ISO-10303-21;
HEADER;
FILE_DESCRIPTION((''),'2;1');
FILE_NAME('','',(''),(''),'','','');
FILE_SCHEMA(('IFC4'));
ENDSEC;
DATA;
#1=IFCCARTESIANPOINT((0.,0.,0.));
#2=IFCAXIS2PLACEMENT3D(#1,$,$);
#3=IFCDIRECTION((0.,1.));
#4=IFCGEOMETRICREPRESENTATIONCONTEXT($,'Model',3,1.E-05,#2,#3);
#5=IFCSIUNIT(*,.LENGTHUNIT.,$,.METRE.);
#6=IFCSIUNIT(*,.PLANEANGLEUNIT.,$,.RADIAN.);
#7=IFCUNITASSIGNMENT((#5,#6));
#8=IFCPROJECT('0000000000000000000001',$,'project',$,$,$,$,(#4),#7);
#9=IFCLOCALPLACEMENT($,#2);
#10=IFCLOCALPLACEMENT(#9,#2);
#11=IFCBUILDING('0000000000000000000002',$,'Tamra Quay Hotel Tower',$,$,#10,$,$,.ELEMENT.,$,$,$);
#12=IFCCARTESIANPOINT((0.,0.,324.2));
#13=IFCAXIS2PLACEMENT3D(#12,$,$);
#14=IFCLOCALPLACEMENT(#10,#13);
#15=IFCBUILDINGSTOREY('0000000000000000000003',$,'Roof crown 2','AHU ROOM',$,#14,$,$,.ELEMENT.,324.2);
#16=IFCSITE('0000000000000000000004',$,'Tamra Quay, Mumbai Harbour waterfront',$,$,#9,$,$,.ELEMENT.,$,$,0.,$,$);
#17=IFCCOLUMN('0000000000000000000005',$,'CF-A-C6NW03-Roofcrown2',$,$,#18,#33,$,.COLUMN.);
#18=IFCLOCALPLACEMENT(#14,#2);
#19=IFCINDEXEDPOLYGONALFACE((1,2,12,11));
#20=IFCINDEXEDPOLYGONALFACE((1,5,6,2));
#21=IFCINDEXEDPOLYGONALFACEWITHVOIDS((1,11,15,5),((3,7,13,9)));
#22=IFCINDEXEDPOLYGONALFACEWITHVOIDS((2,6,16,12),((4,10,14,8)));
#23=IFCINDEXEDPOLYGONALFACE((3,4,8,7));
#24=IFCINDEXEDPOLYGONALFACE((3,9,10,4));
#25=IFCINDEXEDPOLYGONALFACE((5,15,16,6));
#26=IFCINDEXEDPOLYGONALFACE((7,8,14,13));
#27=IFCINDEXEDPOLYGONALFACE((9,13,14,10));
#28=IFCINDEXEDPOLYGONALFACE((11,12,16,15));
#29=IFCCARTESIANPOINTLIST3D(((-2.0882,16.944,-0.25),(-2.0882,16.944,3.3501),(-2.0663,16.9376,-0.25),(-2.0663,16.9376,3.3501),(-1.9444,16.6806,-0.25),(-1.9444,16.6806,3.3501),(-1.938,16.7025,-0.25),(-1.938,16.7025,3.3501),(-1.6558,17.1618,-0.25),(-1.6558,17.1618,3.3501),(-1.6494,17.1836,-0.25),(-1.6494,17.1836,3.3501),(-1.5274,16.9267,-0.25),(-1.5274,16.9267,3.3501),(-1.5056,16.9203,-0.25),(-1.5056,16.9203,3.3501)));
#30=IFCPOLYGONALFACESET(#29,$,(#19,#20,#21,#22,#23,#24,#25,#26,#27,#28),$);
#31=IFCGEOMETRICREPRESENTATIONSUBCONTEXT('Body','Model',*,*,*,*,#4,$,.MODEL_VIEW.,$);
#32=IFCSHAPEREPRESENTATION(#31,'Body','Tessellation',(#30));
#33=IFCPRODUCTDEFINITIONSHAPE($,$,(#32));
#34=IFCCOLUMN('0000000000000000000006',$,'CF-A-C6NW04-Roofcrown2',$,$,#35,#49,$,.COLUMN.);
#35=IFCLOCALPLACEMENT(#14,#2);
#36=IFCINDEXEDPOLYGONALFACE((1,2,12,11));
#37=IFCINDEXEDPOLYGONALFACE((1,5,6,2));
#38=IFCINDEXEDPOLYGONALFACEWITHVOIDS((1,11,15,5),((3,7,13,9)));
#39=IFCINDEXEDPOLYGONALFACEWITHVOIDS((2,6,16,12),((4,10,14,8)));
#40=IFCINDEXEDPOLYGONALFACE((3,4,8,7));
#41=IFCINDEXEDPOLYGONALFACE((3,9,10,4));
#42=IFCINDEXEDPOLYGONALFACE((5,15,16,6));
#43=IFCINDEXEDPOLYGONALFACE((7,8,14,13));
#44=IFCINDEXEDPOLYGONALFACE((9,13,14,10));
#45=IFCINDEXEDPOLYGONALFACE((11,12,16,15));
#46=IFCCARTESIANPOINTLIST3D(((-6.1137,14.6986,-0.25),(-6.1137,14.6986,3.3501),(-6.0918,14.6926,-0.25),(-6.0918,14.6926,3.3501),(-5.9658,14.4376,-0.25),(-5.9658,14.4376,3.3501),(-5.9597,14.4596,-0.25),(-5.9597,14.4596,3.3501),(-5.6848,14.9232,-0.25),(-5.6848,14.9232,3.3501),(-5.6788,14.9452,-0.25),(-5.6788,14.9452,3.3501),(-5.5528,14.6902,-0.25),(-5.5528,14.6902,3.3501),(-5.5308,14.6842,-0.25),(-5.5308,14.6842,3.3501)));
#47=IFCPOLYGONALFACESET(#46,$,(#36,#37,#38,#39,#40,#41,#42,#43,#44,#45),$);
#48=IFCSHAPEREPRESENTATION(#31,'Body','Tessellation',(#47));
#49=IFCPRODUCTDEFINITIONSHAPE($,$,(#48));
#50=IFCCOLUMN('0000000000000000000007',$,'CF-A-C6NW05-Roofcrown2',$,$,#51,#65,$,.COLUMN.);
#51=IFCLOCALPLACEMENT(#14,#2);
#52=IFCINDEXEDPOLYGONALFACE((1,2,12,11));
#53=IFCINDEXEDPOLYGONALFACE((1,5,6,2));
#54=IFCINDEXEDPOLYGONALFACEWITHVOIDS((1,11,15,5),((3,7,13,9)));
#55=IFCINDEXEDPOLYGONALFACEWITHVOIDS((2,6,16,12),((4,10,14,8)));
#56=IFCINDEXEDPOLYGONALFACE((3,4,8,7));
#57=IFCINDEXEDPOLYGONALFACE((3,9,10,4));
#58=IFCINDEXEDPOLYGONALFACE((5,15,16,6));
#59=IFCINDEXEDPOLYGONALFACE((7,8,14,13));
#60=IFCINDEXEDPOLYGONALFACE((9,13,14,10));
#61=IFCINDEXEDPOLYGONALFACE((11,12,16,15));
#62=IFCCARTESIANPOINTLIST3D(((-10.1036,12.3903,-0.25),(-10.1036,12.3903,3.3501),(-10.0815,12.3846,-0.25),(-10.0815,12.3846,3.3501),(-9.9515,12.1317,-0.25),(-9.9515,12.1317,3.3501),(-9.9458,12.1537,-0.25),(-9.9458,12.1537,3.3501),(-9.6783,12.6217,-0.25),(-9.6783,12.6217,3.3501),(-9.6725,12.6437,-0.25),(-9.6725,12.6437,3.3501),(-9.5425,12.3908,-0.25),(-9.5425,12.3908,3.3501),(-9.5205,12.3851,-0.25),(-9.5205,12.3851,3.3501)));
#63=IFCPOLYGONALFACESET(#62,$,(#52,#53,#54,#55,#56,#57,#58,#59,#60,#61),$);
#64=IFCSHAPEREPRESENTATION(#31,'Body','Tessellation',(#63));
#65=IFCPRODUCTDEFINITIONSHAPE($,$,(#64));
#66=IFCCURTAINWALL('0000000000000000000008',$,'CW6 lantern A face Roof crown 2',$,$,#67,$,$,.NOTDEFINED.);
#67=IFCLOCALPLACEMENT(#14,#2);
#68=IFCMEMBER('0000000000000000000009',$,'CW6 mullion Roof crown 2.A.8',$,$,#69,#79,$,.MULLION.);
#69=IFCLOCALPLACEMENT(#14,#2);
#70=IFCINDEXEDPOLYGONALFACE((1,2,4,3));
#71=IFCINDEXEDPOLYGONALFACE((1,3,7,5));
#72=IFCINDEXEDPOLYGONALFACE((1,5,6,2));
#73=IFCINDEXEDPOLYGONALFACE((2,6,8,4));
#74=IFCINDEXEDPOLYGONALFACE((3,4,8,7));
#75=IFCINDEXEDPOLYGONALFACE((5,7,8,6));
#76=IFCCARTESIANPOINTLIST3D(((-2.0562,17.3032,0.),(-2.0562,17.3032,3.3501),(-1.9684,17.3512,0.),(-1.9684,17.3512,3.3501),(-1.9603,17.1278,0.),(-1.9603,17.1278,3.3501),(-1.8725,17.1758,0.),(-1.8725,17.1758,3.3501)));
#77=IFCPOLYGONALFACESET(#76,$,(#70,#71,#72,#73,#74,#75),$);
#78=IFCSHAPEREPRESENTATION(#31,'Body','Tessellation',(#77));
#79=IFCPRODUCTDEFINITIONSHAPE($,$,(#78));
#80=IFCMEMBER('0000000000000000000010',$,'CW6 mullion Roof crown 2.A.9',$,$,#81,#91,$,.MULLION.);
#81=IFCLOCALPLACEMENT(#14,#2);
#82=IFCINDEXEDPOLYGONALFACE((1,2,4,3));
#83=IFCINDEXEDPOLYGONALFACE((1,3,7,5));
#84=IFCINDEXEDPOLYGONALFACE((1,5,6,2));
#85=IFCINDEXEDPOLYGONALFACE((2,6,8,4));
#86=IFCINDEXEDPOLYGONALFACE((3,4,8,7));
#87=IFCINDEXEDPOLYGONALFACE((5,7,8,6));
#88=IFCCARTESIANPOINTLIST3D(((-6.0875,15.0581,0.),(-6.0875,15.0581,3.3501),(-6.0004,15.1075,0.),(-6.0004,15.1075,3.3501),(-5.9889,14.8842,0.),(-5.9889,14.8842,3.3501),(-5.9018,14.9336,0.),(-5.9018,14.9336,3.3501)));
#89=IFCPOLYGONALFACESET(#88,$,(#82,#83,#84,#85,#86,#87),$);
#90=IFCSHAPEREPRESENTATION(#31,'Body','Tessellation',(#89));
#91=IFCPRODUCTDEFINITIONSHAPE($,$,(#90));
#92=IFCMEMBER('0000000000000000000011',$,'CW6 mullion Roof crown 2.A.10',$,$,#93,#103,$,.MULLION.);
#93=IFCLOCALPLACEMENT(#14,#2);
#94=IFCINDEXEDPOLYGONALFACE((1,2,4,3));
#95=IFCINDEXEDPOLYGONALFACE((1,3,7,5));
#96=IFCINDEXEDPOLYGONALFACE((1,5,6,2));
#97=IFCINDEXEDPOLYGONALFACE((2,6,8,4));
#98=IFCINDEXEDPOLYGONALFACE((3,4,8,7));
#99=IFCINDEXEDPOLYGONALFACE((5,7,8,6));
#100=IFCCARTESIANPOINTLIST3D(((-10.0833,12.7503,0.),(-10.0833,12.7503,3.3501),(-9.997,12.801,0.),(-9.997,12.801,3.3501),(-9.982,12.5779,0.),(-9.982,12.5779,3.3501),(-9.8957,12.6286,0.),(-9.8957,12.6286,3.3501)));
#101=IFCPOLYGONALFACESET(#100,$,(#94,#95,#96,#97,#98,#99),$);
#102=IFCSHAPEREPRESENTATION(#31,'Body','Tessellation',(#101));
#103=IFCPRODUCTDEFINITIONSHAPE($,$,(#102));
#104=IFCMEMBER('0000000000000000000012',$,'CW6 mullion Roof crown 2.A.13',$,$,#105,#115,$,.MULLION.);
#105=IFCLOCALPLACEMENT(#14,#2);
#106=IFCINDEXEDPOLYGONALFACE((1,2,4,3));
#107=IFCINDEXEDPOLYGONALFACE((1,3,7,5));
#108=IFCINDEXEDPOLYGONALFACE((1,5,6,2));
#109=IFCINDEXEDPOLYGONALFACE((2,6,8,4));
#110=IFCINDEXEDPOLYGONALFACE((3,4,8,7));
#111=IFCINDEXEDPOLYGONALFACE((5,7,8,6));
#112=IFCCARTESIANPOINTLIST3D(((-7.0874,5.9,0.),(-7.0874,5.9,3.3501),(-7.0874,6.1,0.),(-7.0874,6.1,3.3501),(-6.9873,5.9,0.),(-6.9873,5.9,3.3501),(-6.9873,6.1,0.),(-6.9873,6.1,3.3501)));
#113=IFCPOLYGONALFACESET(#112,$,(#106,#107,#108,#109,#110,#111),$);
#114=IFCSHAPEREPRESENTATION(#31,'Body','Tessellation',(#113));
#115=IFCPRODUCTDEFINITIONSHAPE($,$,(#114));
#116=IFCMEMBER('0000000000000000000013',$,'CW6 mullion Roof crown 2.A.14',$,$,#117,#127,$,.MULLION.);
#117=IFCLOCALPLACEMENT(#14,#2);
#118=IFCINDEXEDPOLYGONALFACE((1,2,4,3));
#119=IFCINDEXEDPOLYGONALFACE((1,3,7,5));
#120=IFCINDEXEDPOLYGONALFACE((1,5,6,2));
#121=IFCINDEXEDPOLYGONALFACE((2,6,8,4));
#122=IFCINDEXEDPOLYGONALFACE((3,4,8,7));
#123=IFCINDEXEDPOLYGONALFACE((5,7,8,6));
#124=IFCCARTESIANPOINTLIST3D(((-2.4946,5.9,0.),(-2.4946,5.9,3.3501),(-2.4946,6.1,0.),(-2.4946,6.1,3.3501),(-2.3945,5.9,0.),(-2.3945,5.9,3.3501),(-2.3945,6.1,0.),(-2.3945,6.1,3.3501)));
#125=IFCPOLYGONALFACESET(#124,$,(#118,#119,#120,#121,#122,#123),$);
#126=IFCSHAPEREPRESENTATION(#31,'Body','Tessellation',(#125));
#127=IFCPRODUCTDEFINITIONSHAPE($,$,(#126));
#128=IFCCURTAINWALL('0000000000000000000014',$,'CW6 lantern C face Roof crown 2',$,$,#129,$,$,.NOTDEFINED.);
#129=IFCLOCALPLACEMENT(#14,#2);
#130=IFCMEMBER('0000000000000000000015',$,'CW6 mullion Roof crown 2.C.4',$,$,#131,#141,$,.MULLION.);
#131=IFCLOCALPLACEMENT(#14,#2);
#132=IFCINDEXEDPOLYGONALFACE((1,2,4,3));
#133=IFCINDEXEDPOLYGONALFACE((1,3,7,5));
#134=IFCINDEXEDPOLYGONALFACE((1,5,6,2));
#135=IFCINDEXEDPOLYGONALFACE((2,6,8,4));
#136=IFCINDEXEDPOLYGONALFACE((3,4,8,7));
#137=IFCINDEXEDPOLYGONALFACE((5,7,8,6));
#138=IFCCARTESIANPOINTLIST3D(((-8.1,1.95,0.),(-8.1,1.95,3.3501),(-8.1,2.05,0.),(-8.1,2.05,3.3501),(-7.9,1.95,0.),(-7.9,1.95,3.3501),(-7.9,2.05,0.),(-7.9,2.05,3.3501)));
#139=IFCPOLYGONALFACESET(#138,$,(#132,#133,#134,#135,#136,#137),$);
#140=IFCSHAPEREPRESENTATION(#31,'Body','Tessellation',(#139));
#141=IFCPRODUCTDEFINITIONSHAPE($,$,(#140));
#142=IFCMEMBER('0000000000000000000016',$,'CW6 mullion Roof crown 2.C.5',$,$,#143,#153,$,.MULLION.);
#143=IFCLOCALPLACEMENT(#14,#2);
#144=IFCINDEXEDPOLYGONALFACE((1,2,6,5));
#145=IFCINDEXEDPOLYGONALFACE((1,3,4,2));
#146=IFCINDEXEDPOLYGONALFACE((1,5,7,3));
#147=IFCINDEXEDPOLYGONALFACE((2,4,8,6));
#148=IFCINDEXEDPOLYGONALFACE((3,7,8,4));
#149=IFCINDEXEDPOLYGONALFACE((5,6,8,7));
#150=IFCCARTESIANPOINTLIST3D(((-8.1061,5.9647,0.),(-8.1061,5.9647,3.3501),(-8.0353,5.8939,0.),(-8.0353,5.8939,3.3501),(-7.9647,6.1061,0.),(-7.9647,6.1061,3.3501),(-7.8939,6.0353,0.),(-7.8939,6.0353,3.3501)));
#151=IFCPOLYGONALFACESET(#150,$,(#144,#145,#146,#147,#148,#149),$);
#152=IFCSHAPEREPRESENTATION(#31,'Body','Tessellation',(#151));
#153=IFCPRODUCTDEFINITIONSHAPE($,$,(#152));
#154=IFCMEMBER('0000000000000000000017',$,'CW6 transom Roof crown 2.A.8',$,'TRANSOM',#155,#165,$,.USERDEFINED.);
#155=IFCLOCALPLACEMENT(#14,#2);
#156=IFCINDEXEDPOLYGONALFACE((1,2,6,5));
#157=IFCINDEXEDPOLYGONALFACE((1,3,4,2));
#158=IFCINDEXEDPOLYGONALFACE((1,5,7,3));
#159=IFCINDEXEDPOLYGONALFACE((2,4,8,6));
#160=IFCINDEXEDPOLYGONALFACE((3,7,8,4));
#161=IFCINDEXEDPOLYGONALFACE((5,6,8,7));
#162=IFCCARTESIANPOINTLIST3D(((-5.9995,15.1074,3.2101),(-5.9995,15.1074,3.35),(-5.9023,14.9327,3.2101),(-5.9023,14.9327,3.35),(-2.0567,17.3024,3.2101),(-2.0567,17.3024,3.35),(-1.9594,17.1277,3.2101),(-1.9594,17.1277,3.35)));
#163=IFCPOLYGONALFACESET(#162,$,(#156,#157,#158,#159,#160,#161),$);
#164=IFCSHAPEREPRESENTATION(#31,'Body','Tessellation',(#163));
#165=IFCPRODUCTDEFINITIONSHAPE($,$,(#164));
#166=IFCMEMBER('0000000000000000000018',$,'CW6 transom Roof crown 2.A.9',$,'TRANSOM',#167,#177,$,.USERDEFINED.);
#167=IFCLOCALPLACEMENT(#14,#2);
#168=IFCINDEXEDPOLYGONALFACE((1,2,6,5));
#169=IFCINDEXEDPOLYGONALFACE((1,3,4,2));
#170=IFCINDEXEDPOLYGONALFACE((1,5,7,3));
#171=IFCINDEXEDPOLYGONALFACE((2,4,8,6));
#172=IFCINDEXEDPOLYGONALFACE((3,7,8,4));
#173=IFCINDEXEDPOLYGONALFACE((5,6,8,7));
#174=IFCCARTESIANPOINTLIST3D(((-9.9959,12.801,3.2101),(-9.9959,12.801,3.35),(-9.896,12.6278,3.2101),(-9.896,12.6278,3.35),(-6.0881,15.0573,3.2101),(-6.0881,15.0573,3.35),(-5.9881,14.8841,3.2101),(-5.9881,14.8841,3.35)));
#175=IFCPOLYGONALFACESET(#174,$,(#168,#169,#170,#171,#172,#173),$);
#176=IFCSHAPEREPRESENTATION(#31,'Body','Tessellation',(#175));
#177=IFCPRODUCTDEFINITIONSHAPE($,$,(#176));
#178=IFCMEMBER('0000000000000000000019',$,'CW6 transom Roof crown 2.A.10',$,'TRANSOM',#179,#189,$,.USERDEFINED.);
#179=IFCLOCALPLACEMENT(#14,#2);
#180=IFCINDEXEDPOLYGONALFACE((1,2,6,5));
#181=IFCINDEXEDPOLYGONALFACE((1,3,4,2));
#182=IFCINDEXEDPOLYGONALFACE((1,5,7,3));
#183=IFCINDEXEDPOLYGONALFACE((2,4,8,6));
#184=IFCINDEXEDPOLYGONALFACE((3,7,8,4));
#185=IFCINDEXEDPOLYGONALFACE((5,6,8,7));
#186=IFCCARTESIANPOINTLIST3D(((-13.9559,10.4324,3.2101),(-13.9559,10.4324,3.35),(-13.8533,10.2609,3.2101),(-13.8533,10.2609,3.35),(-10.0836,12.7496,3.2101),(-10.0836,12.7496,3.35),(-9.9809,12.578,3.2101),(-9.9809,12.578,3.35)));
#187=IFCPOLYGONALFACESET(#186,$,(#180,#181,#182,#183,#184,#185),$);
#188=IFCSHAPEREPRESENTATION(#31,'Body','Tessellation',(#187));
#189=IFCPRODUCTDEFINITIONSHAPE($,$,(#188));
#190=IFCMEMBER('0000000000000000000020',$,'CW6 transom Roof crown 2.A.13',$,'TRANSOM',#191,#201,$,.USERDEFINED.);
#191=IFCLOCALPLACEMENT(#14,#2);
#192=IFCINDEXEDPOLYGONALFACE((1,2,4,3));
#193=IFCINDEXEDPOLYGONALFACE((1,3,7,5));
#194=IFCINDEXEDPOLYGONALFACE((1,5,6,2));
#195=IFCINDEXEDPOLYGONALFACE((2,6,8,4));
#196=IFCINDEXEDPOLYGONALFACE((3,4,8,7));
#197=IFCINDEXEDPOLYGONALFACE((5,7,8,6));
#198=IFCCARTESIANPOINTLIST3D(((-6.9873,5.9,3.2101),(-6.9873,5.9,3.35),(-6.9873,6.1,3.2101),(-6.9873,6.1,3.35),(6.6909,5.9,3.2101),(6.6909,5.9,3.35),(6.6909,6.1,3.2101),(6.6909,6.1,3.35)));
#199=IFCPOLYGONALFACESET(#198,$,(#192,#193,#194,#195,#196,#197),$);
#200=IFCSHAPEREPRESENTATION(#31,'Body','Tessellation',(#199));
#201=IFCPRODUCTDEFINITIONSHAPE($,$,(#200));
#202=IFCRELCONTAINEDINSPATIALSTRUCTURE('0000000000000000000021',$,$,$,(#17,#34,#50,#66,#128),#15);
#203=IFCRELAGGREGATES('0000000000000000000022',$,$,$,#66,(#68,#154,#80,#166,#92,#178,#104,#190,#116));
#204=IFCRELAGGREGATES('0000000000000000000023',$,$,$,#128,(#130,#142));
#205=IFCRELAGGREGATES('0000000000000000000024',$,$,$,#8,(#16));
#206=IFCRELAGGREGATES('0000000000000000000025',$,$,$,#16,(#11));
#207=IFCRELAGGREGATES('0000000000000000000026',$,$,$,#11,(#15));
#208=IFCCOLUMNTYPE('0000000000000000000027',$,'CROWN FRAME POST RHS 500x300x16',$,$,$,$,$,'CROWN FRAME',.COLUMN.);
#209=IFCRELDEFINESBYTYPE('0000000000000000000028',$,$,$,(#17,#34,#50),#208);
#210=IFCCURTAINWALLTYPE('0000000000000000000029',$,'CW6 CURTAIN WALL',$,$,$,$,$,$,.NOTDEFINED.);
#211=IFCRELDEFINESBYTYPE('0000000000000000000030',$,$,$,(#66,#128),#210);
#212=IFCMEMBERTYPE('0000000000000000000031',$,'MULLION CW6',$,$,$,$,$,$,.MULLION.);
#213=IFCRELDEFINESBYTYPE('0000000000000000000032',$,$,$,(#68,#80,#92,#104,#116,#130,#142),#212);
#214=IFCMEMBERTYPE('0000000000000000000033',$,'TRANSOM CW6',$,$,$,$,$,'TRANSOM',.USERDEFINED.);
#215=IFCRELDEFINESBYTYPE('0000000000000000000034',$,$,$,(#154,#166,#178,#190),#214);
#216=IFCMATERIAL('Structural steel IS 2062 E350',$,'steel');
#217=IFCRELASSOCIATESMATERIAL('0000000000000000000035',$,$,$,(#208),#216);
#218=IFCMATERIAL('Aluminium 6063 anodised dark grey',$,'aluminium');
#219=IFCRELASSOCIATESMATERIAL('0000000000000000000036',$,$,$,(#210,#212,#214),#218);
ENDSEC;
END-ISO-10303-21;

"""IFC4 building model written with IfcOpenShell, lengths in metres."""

from ifc_helpers import new_model, si_unit, direction, frame, origin, origin_2d, place, context, subcontext, project, spatial, rectangle, hollow_rectangle, extrude, material, material_profile, profile_set, type_object, element, aggregate, save


model = new_model("IFC4")

# Units and contexts
model_context = context("Model", 3, precision=1e-05, world=origin(), true_north=direction((0.0, 1.0)))
body_context = subcontext(model_context, "Body", "Model", "MODEL_VIEW")
ifc_project = project(units=[si_unit("LENGTHUNIT", "METRE"), si_unit("PLANEANGLEUNIT", "RADIAN")], contexts=[model_context])

# Site, building, storey
site_placement = place(None, origin())
site = spatial("IfcSite", under=ifc_project, at=site_placement, Name="Tamra Quay, Mumbai Harbour waterfront", CompositionType="ELEMENT", RefElevation=0.0)
building_placement = place(site_placement, origin())
building = spatial("IfcBuilding", under=site, at=building_placement, Name="Tamra Quay Hotel Tower", CompositionType="ELEMENT")
storey_placement = place(building_placement, frame((0.0, 0.0, 324.2)))
storey = spatial("IfcBuildingStorey", under=building, at=storey_placement, Name="Roof crown 2", Description="AHU ROOM", CompositionType="ELEMENT", Elevation=324.2)

# Columns
ifc_material_1 = material(Name="Structural steel IS 2062 E350", Category="steel")
ifc_material_profile_1 = material_profile(ifc_material_1, hollow_rectangle(XDim=0.3, YDim=0.5, WallThickness=0.0161, at=origin_2d()), Name="RHS 500x300x16")
ifc_profile_set_1 = profile_set([ifc_material_profile_1], Name="Structural steel IS 2062 E350")
column_type = type_object("IfcColumnType", Name="CROWN FRAME POST RHS 500x300x16", ElementType="CROWN FRAME", PredefinedType="COLUMN", material=ifc_profile_set_1)
for number, where, z_axis, x_axis, name in (
    (1, (-1.7969, 16.9321, -0.25), (0.0, 0.0, 1.0), (-0.479288, 0.877658, 0.0), "CF-A-C6NW03-Roofcrown2"),
    (2, (-5.8223, 14.6914, -0.25), (0.0, 0.0, 1.0), (-0.493125, 0.869958, 0.0), "CF-A-C6NW04-Roofcrown2"),
    (3, (-9.812, 12.3877, -0.25), (0.0, 0.0, 1.0), (-0.506843, 0.862038, 0.0), "CF-A-C6NW05-Roofcrown2"),
):
    element("IfcColumn", number, at=place(storey_placement, frame(where, z_axis=z_axis, x_axis=x_axis)), inside=storey, type_object=column_type, Name=name, PredefinedType="COLUMN", context=body_context, shape_type="SweptSolid", body=[
        extrude(hollow_rectangle(XDim=0.3, YDim=0.5, WallThickness=0.0161, at=origin_2d()), origin(), (0.0, 0.0, 1.0), 3.6001),
    ])

# Curtain walls, members
ifc_material_2 = material(Name="Aluminium 6063 anodised dark grey", Category="aluminium")
curtain_wall_type = type_object("IfcCurtainWallType", Name="CW6 CURTAIN WALL", PredefinedType="NOTDEFINED", material=ifc_material_2)
curtain_wall_1_placement = place(storey_placement, origin())
curtain_wall_1 = element("IfcCurtainWall", 4, at=curtain_wall_1_placement, inside=storey, type_object=curtain_wall_type, Name="CW6 lantern A face Roof crown 2", PredefinedType="NOTDEFINED")
ifc_material_profile_2 = material_profile(ifc_material_2, rectangle(XDim=0.2, YDim=0.1001, at=origin_2d()), Name="MULLION 100X200")
ifc_profile_set_2 = profile_set([ifc_material_profile_2], Name="Aluminium 6063 anodised dark grey")
member_type_1 = type_object("IfcMemberType", Name="MULLION CW6", PredefinedType="MULLION", material=ifc_profile_set_2)
member_1_placement = place(storey_placement, frame((-1.9644, 17.2395, 0.0), z_axis=(0.0, 0.0, 1.0), x_axis=(-0.479565, 0.877506, 0.0)))
member_1 = element("IfcMember", 5, at=member_1_placement, type_object=member_type_1, Name="CW6 mullion Roof crown 2.A.8", PredefinedType="MULLION", context=body_context, shape_type="SweptSolid", body=[
    extrude(rectangle(XDim=0.2, YDim=0.1001, at=origin_2d()), origin(), (0.0, 0.0, 1.0), 3.3501),
])
member_2_placement = place(storey_placement, frame((-5.9946, 14.9958, 0.0), z_axis=(0.0, 0.0, 1.0), x_axis=(-0.493216, 0.869907, 0.0)))
member_2 = element("IfcMember", 6, at=member_2_placement, type_object=member_type_1, Name="CW6 mullion Roof crown 2.A.9", PredefinedType="MULLION", context=body_context, shape_type="SweptSolid", body=[
    extrude(rectangle(XDim=0.2, YDim=0.1001, at=origin_2d()), origin(), (0.0, 0.0, 1.0), 3.3501),
])
member_3_placement = place(storey_placement, frame((-9.9895, 12.6895, 0.0), z_axis=(0.0, 0.0, 1.0), x_axis=(-0.506754, 0.862091, 0.0)))
member_3 = element("IfcMember", 7, at=member_3_placement, type_object=member_type_1, Name="CW6 mullion Roof crown 2.A.10", PredefinedType="MULLION", context=body_context, shape_type="SweptSolid", body=[
    extrude(rectangle(XDim=0.2, YDim=0.1001, at=origin_2d()), origin(), (0.0, 0.0, 1.0), 3.3501),
])
member_4_placement = place(storey_placement, frame((-7.0374, 6.0, 0.0), z_axis=(0.0, 0.0, 1.0), x_axis=(0.0, -1.0, 0.0)))
member_4 = element("IfcMember", 8, at=member_4_placement, type_object=member_type_1, Name="CW6 mullion Roof crown 2.A.13", PredefinedType="MULLION", context=body_context, shape_type="SweptSolid", body=[
    extrude(rectangle(XDim=0.2, YDim=0.1001, at=origin_2d()), origin(), (0.0, 0.0, 1.0), 3.3501),
])
member_5_placement = place(storey_placement, frame((-2.4446, 6.0, 0.0), z_axis=(0.0, 0.0, 1.0), x_axis=(0.0, -1.0, 0.0)))
member_5 = element("IfcMember", 9, at=member_5_placement, type_object=member_type_1, Name="CW6 mullion Roof crown 2.A.14", PredefinedType="MULLION", context=body_context, shape_type="SweptSolid", body=[
    extrude(rectangle(XDim=0.2, YDim=0.1001, at=origin_2d()), origin(), (0.0, 0.0, 1.0), 3.3501),
])
curtain_wall_2_placement = place(storey_placement, origin())
curtain_wall_2 = element("IfcCurtainWall", 10, at=curtain_wall_2_placement, inside=storey, type_object=curtain_wall_type, Name="CW6 lantern C face Roof crown 2", PredefinedType="NOTDEFINED")
member_6_placement = place(storey_placement, frame((-8.0, 2.0, 0.0), z_axis=(0.0, 0.0, 1.0), x_axis=(1.0, 0.0, 0.0)))
member_6 = element("IfcMember", 11, at=member_6_placement, type_object=member_type_1, Name="CW6 mullion Roof crown 2.C.4", PredefinedType="MULLION", context=body_context, shape_type="SweptSolid", body=[
    extrude(rectangle(XDim=0.2, YDim=0.1001, at=origin_2d()), origin(), (0.0, 0.0, 1.0), 3.3501),
])
member_7_placement = place(storey_placement, frame((-8.0, 6.0, 0.0), z_axis=(0.0, 0.0, 1.0), x_axis=(0.707107, 0.707107, 0.0)))
member_7 = element("IfcMember", 12, at=member_7_placement, type_object=member_type_1, Name="CW6 mullion Roof crown 2.C.5", PredefinedType="MULLION", context=body_context, shape_type="SweptSolid", body=[
    extrude(rectangle(XDim=0.2, YDim=0.1001, at=origin_2d()), origin(), (0.0, 0.0, 1.0), 3.3501),
])

# Members
ifc_material_profile_3 = material_profile(ifc_material_2, rectangle(XDim=0.2, YDim=0.1399, at=origin_2d()), Name="TRANSOM 200X140")
ifc_profile_set_3 = profile_set([ifc_material_profile_3], Name="Aluminium 6063 anodised dark grey")
member_type_2 = type_object("IfcMemberType", Name="TRANSOM CW6", ElementType="TRANSOM", PredefinedType="USERDEFINED", material=ifc_profile_set_3)
member_8_placement = place(storey_placement, frame((-2.0081, 17.2151, 3.28), z_axis=(-0.873726, -0.486419, 0.0), x_axis=(0.486419, -0.873726, 0.0)))
member_8 = element("IfcMember", 13, at=member_8_placement, type_object=member_type_2, Name="CW6 transom Roof crown 2.A.8", ObjectType="TRANSOM", PredefinedType="USERDEFINED", context=body_context, shape_type="SweptSolid", body=[
    extrude(rectangle(XDim=0.2, YDim=0.1399, at=origin_2d()), origin(), (0.0, 0.0, 1.0), 4.5127),
])
member_9_placement = place(storey_placement, frame((-6.0381, 14.9707, 3.28), z_axis=(-0.866017, -0.500014, 0.0), x_axis=(0.500014, -0.866017, 0.0)))
member_9 = element("IfcMember", 14, at=member_9_placement, type_object=member_type_2, Name="CW6 transom Roof crown 2.A.9", ObjectType="TRANSOM", PredefinedType="USERDEFINED", context=body_context, shape_type="SweptSolid", body=[
    extrude(rectangle(XDim=0.2, YDim=0.1399, at=origin_2d()), origin(), (0.0, 0.0, 1.0), 4.5125),
])
member_10_placement = place(storey_placement, frame((-10.0322, 12.6638, 3.28), z_axis=(-0.858103, -0.513477, 0.0), x_axis=(0.513477, -0.858103, 0.0)))
member_10 = element("IfcMember", 15, at=member_10_placement, type_object=member_type_2, Name="CW6 transom Roof crown 2.A.10", ObjectType="TRANSOM", PredefinedType="USERDEFINED", context=body_context, shape_type="SweptSolid", body=[
    extrude(rectangle(XDim=0.2, YDim=0.1399, at=origin_2d()), origin(), (0.0, 0.0, 1.0), 4.5127),
])
member_11_placement = place(storey_placement, frame((-6.9873, 6.0, 3.28), z_axis=(1.0, 0.0, 0.0), x_axis=(0.0, 1.0, 0.0)))
member_11 = element("IfcMember", 16, at=member_11_placement, type_object=member_type_2, Name="CW6 transom Roof crown 2.A.13", ObjectType="TRANSOM", PredefinedType="USERDEFINED", context=body_context, shape_type="SweptSolid", body=[
    extrude(rectangle(XDim=0.2, YDim=0.1399, at=origin_2d()), origin(), (0.0, 0.0, 1.0), 13.6782),
])

aggregate(curtain_wall_1, [member_1, member_8, member_2, member_9, member_3, member_10, member_4, member_11, member_5])
aggregate(curtain_wall_2, [member_6, member_7])

save(model, "model.ifc")
